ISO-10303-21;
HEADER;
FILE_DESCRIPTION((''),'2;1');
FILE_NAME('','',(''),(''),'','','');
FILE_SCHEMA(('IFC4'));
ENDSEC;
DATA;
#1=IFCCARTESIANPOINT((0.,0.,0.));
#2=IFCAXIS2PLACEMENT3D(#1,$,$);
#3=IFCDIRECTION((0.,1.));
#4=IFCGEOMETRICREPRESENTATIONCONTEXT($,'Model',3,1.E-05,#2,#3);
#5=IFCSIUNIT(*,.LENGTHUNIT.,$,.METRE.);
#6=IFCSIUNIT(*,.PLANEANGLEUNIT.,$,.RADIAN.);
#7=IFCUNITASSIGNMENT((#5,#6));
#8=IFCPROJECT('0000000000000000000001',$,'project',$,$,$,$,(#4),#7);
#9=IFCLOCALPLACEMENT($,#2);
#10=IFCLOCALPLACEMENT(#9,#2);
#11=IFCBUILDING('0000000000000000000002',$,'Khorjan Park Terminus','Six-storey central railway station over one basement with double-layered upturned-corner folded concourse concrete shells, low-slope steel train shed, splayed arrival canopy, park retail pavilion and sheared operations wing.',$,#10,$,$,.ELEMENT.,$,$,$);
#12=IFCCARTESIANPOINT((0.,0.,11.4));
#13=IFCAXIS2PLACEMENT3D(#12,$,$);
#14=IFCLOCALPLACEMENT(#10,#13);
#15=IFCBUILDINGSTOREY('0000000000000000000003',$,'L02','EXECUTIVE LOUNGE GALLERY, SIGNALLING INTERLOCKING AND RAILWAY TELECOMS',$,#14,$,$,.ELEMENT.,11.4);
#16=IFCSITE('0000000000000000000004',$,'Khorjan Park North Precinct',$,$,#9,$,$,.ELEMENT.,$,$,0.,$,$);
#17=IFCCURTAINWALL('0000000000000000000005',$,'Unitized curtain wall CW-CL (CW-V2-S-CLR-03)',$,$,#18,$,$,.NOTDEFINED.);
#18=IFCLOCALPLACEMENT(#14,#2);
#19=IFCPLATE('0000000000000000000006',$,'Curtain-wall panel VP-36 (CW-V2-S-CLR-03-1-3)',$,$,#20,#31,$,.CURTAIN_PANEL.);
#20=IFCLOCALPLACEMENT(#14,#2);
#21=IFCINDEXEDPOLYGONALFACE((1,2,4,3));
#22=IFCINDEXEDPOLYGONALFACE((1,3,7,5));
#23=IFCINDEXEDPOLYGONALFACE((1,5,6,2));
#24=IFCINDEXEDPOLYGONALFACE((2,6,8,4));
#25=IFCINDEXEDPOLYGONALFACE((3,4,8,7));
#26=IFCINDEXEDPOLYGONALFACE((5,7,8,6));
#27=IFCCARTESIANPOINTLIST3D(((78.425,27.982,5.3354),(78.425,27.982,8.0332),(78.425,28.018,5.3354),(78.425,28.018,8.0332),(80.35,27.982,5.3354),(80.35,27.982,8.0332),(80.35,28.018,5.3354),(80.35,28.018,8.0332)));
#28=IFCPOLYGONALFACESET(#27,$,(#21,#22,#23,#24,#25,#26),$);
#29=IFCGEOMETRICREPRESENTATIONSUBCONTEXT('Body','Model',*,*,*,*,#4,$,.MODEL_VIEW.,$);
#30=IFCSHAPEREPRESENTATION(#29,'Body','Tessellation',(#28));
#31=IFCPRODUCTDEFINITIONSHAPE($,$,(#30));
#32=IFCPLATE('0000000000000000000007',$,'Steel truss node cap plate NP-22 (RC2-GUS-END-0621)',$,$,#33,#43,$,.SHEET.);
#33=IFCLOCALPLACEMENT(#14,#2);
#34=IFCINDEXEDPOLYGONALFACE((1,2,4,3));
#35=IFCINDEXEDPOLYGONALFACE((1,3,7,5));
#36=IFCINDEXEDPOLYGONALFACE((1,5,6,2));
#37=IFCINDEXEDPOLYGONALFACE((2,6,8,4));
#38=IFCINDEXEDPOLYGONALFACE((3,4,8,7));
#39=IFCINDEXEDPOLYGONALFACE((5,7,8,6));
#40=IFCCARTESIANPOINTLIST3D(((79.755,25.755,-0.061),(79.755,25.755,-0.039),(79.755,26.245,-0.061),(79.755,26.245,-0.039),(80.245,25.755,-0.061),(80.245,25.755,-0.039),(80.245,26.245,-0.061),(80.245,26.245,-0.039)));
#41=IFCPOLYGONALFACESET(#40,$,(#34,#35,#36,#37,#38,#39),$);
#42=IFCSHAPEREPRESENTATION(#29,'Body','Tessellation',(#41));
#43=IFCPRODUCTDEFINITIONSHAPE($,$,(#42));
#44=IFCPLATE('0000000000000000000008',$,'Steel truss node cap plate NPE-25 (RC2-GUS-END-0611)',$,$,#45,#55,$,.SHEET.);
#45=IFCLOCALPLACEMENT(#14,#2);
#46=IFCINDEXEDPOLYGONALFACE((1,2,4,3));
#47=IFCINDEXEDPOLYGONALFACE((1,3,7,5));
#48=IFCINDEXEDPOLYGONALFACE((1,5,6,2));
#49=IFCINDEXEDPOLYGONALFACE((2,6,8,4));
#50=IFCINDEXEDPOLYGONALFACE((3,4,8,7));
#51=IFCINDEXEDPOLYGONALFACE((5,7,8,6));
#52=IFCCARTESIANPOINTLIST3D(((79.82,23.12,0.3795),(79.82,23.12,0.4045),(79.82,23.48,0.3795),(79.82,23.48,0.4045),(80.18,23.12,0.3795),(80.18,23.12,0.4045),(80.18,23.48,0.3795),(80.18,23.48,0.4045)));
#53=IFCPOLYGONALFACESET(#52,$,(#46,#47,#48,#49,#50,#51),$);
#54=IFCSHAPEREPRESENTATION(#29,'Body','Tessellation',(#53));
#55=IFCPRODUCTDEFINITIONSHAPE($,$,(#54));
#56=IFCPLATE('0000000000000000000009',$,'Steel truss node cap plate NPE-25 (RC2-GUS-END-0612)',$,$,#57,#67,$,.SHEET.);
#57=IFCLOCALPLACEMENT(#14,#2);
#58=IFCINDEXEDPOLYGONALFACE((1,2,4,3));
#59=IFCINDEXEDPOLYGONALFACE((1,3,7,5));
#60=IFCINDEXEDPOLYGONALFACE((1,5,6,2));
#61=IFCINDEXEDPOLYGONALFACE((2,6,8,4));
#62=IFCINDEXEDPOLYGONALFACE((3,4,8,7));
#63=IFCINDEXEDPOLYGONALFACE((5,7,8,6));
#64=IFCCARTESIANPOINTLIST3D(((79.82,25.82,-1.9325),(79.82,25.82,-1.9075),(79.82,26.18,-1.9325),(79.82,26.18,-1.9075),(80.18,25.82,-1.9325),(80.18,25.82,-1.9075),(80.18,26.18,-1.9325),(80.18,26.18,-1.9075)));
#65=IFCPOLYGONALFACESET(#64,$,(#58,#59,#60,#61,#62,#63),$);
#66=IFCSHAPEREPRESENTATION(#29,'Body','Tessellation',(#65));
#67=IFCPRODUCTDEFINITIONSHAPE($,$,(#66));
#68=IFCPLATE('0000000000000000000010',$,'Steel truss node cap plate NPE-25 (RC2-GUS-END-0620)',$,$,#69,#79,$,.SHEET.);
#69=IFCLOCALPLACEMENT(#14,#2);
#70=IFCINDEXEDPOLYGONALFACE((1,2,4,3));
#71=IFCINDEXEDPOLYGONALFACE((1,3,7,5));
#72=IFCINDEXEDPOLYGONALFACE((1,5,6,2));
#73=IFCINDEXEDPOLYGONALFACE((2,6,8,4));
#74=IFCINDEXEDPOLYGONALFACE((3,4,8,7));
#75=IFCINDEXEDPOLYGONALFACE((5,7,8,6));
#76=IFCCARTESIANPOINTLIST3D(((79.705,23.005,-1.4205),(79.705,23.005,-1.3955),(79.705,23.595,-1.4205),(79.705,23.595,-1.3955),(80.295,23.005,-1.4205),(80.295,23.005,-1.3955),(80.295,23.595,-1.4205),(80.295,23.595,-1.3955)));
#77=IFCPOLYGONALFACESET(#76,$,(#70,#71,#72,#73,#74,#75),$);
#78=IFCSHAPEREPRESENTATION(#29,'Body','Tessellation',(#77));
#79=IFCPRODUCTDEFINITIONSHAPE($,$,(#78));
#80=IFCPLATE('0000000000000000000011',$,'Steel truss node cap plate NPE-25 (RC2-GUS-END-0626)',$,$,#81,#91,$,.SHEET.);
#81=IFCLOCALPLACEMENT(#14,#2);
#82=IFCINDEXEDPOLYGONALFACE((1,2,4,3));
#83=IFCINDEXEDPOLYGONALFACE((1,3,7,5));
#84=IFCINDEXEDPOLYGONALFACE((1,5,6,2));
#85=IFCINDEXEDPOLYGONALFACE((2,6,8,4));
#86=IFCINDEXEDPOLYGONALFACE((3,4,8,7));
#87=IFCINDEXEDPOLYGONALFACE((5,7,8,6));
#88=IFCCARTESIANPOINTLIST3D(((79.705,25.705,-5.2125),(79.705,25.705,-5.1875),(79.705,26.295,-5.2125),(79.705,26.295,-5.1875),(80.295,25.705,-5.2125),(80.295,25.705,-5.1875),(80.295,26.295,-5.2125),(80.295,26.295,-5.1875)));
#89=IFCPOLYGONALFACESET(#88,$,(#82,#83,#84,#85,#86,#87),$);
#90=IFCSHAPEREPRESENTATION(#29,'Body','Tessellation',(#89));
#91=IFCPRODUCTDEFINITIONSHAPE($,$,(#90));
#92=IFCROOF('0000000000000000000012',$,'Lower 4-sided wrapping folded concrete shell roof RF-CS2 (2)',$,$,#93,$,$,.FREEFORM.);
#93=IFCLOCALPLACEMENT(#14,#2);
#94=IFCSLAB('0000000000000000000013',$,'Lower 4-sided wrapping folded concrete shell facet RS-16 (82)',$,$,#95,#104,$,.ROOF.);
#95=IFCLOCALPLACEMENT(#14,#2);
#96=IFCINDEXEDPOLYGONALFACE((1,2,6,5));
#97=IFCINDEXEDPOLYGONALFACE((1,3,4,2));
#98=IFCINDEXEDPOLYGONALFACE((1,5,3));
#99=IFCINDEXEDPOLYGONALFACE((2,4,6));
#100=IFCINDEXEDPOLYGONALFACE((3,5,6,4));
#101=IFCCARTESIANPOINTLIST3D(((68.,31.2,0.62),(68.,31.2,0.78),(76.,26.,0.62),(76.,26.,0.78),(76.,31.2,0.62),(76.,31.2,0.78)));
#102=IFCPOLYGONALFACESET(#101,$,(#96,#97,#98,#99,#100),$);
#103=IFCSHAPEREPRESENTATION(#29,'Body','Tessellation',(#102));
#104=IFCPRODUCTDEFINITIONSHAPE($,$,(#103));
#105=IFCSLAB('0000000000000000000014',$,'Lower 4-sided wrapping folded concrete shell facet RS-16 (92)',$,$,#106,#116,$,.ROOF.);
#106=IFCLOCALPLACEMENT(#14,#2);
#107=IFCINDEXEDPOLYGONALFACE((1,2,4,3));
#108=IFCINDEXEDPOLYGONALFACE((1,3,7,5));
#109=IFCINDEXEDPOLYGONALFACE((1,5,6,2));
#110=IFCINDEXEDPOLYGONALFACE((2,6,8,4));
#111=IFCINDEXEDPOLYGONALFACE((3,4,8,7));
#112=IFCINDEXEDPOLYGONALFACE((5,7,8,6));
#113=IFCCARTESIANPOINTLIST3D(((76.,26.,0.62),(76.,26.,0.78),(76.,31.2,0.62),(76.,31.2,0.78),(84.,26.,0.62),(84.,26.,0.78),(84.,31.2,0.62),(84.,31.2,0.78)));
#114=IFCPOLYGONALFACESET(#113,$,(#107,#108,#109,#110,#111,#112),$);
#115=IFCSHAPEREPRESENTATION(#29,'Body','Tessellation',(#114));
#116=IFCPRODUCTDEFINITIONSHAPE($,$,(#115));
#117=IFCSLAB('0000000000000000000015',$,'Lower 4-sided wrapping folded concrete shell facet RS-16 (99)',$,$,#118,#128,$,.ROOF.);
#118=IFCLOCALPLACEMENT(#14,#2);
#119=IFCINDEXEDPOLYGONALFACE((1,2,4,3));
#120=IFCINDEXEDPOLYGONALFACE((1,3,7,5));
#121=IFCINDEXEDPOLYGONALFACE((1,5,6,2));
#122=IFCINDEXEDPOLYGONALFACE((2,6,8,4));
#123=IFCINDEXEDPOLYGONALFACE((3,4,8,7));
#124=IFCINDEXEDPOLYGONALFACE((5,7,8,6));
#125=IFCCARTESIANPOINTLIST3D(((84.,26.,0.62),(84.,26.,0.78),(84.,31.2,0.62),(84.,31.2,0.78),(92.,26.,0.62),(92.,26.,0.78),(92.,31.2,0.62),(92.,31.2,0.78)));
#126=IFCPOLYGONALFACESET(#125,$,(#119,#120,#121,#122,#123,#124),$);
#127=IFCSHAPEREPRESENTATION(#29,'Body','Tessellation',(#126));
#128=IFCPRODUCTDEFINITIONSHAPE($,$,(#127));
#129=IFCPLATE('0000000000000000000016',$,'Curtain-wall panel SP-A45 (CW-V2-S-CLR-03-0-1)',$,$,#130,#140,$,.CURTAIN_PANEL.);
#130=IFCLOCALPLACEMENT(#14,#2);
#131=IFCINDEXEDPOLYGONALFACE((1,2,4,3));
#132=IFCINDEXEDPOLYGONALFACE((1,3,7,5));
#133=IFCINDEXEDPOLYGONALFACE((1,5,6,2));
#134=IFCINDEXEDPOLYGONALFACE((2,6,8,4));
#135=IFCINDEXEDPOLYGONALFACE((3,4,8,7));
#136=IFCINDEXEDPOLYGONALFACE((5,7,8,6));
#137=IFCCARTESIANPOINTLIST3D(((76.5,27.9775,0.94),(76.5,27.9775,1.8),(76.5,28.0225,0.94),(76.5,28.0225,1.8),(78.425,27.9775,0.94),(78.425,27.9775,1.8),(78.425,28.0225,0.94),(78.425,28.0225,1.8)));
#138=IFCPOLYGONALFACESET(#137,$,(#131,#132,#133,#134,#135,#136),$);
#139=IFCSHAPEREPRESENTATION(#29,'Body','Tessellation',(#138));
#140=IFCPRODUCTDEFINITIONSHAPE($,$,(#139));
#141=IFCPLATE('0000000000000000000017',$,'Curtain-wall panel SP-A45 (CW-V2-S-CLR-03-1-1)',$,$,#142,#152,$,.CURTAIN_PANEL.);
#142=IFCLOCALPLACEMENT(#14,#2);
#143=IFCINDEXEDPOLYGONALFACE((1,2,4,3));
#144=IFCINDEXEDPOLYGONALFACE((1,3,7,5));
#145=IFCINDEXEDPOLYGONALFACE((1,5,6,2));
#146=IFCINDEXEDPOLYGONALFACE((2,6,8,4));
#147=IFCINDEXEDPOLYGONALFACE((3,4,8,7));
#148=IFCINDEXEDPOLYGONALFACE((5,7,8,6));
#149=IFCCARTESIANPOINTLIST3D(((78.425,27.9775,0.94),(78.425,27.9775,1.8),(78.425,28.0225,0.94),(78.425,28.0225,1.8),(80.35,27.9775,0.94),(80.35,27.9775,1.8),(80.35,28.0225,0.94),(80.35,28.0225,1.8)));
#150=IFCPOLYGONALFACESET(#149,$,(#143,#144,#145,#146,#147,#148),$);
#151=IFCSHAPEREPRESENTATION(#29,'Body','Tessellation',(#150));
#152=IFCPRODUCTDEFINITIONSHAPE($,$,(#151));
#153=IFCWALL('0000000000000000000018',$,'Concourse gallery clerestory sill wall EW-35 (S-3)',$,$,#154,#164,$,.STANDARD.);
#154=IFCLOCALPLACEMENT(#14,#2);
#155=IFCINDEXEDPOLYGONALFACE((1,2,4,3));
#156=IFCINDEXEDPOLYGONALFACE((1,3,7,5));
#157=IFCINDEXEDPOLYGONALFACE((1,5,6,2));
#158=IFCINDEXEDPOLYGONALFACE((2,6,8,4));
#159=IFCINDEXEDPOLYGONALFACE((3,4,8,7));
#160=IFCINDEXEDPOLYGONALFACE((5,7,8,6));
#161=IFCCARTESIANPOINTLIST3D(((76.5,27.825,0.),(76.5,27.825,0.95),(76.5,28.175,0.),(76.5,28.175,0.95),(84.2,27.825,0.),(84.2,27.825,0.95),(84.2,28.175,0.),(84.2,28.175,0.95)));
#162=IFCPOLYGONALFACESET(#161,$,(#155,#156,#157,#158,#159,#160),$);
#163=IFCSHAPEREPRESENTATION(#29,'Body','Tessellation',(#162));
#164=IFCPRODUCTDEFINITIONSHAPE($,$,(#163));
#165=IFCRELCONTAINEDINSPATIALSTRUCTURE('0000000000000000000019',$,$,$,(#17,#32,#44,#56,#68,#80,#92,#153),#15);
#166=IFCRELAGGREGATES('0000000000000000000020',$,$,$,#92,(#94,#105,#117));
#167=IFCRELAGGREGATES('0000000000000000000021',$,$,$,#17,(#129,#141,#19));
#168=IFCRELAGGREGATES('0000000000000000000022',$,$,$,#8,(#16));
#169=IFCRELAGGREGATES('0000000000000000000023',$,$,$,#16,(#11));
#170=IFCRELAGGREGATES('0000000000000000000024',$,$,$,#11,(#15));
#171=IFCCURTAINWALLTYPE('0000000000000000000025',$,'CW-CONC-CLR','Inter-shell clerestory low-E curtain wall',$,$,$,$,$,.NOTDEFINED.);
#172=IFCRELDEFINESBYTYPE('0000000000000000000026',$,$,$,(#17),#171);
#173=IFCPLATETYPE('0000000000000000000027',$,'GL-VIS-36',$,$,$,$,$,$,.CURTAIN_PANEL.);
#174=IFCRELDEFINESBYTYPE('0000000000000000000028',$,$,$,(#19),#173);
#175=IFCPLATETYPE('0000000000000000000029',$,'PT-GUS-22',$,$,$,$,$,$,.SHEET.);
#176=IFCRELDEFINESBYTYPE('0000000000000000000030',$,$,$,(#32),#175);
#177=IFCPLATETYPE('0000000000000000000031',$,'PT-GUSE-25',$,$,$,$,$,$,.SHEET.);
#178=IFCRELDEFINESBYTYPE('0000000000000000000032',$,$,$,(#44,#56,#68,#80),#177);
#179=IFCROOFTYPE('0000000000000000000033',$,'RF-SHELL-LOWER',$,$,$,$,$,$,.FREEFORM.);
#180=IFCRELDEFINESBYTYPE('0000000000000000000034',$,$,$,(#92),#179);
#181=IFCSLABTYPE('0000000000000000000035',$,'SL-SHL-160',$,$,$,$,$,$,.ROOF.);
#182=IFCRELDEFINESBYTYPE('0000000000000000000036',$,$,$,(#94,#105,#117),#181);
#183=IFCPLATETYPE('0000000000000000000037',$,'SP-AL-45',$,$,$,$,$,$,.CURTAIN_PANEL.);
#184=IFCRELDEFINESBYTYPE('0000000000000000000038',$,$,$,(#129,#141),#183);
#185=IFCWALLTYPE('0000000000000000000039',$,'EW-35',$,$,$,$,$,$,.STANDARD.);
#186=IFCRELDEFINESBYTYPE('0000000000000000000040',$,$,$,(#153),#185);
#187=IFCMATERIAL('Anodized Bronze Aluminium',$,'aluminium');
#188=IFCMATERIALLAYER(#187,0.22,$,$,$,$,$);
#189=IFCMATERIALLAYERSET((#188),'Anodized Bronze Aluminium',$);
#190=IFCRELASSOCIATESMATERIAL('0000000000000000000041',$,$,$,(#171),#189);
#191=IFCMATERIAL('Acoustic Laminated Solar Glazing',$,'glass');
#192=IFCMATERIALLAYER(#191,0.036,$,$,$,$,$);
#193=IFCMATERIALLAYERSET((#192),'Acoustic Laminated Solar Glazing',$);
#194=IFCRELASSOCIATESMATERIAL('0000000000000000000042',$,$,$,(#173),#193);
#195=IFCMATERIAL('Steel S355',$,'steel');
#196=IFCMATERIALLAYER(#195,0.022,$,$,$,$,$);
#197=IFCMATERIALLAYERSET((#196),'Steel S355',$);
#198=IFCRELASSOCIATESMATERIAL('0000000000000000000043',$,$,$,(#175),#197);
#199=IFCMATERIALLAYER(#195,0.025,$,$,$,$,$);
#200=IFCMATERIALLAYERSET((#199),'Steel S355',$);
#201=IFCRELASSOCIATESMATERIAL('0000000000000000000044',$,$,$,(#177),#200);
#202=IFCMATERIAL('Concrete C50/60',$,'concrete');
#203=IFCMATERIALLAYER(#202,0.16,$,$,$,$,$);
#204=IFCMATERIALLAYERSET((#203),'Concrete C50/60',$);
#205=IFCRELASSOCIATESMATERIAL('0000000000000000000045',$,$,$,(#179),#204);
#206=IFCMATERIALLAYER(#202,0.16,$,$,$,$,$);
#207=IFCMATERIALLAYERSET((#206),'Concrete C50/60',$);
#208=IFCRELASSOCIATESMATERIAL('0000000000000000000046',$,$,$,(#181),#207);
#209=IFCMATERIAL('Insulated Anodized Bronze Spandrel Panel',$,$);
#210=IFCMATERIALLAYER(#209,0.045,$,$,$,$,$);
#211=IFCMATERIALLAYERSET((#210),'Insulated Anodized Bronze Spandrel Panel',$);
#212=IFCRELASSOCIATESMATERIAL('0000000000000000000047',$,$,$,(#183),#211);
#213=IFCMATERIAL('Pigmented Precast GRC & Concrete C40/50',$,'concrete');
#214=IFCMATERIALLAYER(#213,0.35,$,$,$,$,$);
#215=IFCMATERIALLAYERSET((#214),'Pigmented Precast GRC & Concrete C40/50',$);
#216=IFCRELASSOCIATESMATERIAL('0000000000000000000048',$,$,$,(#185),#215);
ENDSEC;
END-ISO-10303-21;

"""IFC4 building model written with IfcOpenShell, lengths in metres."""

from ifc_helpers import new_model, si_unit, direction, frame, frame_2d, origin, origin_2d, place, context, subcontext, project, spatial, polyline, rectangle, outline, extrude, material, layer, layer_set, type_object, element, aggregate, save


model = new_model("IFC4")

# Units and contexts
model_context = context("Model", 3, precision=1e-05, world=origin(), true_north=direction((0.0, 1.0)))
body_context = subcontext(model_context, "Body", "Model", "MODEL_VIEW")
ifc_project = project(units=[si_unit("LENGTHUNIT", "METRE"), si_unit("PLANEANGLEUNIT", "RADIAN")], contexts=[model_context])

# Site, building, storey
site_placement = place(None, origin())
site = spatial("IfcSite", under=ifc_project, at=site_placement, Name="Khorjan Park North Precinct", CompositionType="ELEMENT", RefElevation=0.0)
building_placement = place(site_placement, origin())
building = spatial("IfcBuilding", under=site, at=building_placement, Name="Khorjan Park Terminus", Description="Six-storey central railway station over one basement with double-layered upturned-corner folded concourse concrete shells, low-slope steel train shed, splayed arrival canopy, park retail pavilion and sheared operations wing.", CompositionType="ELEMENT")
storey_placement = place(building_placement, frame((0.0, 0.0, 11.4)))
storey = spatial("IfcBuildingStorey", under=building, at=storey_placement, Name="L02", Description="EXECUTIVE LOUNGE GALLERY, SIGNALLING INTERLOCKING AND RAILWAY TELECOMS", CompositionType="ELEMENT", Elevation=11.4)

# Shared definitions
ifc_material_1 = material(Name="Concrete C50/60", Category="concrete")

# Shared definitions
ifc_material_2 = material(Name="Steel S355", Category="steel")

# Curtain wall
ifc_material_3 = material(Name="Anodized Bronze Aluminium", Category="aluminium")
ifc_layer_1 = layer(ifc_material_3, 0.22)
ifc_layer_set_1 = layer_set([ifc_layer_1], Name="Anodized Bronze Aluminium")
curtain_wall_type = type_object("IfcCurtainWallType", Name="CW-CONC-CLR", Description="Inter-shell clerestory low-E curtain wall", PredefinedType="NOTDEFINED", material=ifc_layer_set_1)
curtain_wall_1_placement = place(storey_placement, origin())
curtain_wall_1 = element("IfcCurtainWall", 1, at=curtain_wall_1_placement, inside=storey, type_object=curtain_wall_type, Name="Unitized curtain wall CW-CL (CW-V2-S-CLR-03)", PredefinedType="NOTDEFINED")

# Plate
ifc_material_4 = material(Name="Acoustic Laminated Solar Glazing", Category="glass")
ifc_layer_2 = layer(ifc_material_4, 0.036)
ifc_layer_set_2 = layer_set([ifc_layer_2], Name="Acoustic Laminated Solar Glazing")
plate_type_1 = type_object("IfcPlateType", Name="GL-VIS-36", PredefinedType="CURTAIN_PANEL", material=ifc_layer_set_2)
plate_1_placement = place(storey_placement, frame((79.3875, 28.0, 5.3354), z_axis=(0.0, 0.0, 1.0), x_axis=(1.0, 0.0, 0.0)))
plate_1 = element("IfcPlate", 2, at=plate_1_placement, type_object=plate_type_1, Name="Curtain-wall panel VP-36 (CW-V2-S-CLR-03-1-3)", PredefinedType="CURTAIN_PANEL", context=body_context, shape_type="SweptSolid", body=[
    extrude(rectangle(XDim=1.925, YDim=0.036, at=origin_2d()), origin(), (0.0, 0.0, 1.0), 2.6978),
])

# Plates
ifc_layer_3 = layer(ifc_material_2, 0.022)
ifc_layer_set_3 = layer_set([ifc_layer_3], Name="Steel S355")
plate_type_2 = type_object("IfcPlateType", Name="PT-GUS-22", PredefinedType="SHEET", material=ifc_layer_set_3)
plate_2_placement = place(storey_placement, frame((80.0, 26.0, -0.061), z_axis=(0.0, 0.0, 1.0), x_axis=(1.0, 0.0, 0.0)))
element("IfcPlate", 3, at=plate_2_placement, inside=storey, type_object=plate_type_2, Name="Steel truss node cap plate NP-22 (RC2-GUS-END-0621)", PredefinedType="SHEET", context=body_context, shape_type="SweptSolid", body=[
    extrude(rectangle(XDim=0.49, YDim=0.49, at=origin_2d()), origin(), (0.0, 0.0, 1.0), 0.022),
])
ifc_layer_4 = layer(ifc_material_2, 0.025)
ifc_layer_set_4 = layer_set([ifc_layer_4], Name="Steel S355")
plate_type_3 = type_object("IfcPlateType", Name="PT-GUSE-25", PredefinedType="SHEET", material=ifc_layer_set_4)
for number, where, z_axis, x_axis, name in (
    (4, (80.0, 23.3, 0.3795), (0.0, 0.0, 1.0), (1.0, 0.0, 0.0), "Steel truss node cap plate NPE-25 (RC2-GUS-END-0611)"),
    (5, (80.0, 26.0, -1.9325), (0.0, 0.0, 1.0), (1.0, 0.0, 0.0), "Steel truss node cap plate NPE-25 (RC2-GUS-END-0612)"),
):
    element("IfcPlate", number, at=place(storey_placement, frame(where, z_axis=z_axis, x_axis=x_axis)), inside=storey, type_object=plate_type_3, Name=name, PredefinedType="SHEET", context=body_context, shape_type="SweptSolid", body=[
        extrude(rectangle(XDim=0.36, YDim=0.36, at=origin_2d()), origin(), (0.0, 0.0, 1.0), 0.025),
    ])
for number, where, z_axis, x_axis, name in (
    (6, (80.0, 23.3, -1.4205), (0.0, 0.0, 1.0), (1.0, 0.0, 0.0), "Steel truss node cap plate NPE-25 (RC2-GUS-END-0620)"),
    (7, (80.0, 26.0, -5.2125), (0.0, 0.0, 1.0), (1.0, 0.0, 0.0), "Steel truss node cap plate NPE-25 (RC2-GUS-END-0626)"),
):
    element("IfcPlate", number, at=place(storey_placement, frame(where, z_axis=z_axis, x_axis=x_axis)), inside=storey, type_object=plate_type_3, Name=name, PredefinedType="SHEET", context=body_context, shape_type="SweptSolid", body=[
        extrude(rectangle(XDim=0.59, YDim=0.59, at=origin_2d()), origin(), (0.0, 0.0, 1.0), 0.025),
    ])

# Roof, slabs
ifc_layer_5 = layer(ifc_material_1, 0.16)
ifc_layer_set_5 = layer_set([ifc_layer_5], Name="Concrete C50/60")
roof_type = type_object("IfcRoofType", Name="RF-SHELL-LOWER", PredefinedType="FREEFORM", material=ifc_layer_set_5)
roof_placement = place(storey_placement, origin())
roof = element("IfcRoof", 8, at=roof_placement, inside=storey, type_object=roof_type, Name="Lower 4-sided wrapping folded concrete shell roof RF-CS2 (2)", PredefinedType="FREEFORM")
ifc_layer_6 = layer(ifc_material_1, 0.16)
ifc_layer_set_6 = layer_set([ifc_layer_6], Name="Concrete C50/60")
slab_type = type_object("IfcSlabType", Name="SL-SHL-160", PredefinedType="ROOF", material=ifc_layer_set_6)
slab_1_placement = place(storey_placement, frame((76.0, 26.0, 0.78), z_axis=(0.0, 0.0, 1.0), x_axis=(0.0, 1.0, 0.0)))
slab_1 = element("IfcSlab", 9, at=slab_1_placement, type_object=slab_type, Name="Lower 4-sided wrapping folded concrete shell facet RS-16 (82)", PredefinedType="ROOF", context=body_context, shape_type="SweptSolid", body=[
    extrude(outline(polyline([(0.0, 0.0), (5.2, 0.0), (5.2, 8.0), (0.0, 0.0)])), origin(), (0.0, 0.0, -1.0), 0.16),
])
slab_2_placement = place(storey_placement, frame((76.0, 26.0, 0.78), z_axis=(0.0, 0.0, 1.0), x_axis=(1.0, 0.0, 0.0)))
slab_2 = element("IfcSlab", 10, at=slab_2_placement, type_object=slab_type, Name="Lower 4-sided wrapping folded concrete shell facet RS-16 (92)", PredefinedType="ROOF", context=body_context, shape_type="SweptSolid", body=[
    extrude(outline(polyline([(0.0, 0.0), (8.0, 0.0), (8.0, 5.2), (0.0, 5.2), (0.0, 0.0)])), origin(), (0.0, 0.0, -1.0), 0.16),
])
slab_3_placement = place(storey_placement, frame((84.0, 26.0, 0.78), z_axis=(0.0, 0.0, 1.0), x_axis=(1.0, 0.0, 0.0)))
slab_3 = element("IfcSlab", 11, at=slab_3_placement, type_object=slab_type, Name="Lower 4-sided wrapping folded concrete shell facet RS-16 (99)", PredefinedType="ROOF", context=body_context, shape_type="SweptSolid", body=[
    extrude(outline(polyline([(0.0, 0.0), (8.0, 0.0), (8.0, 5.2), (0.0, 5.2), (0.0, 0.0)])), origin(), (0.0, 0.0, -1.0), 0.16),
])
aggregate(roof, [slab_1, slab_2, slab_3])

# Plates
ifc_material_5 = material(Name="Insulated Anodized Bronze Spandrel Panel")
ifc_layer_7 = layer(ifc_material_5, 0.045)
ifc_layer_set_7 = layer_set([ifc_layer_7], Name="Insulated Anodized Bronze Spandrel Panel")
plate_type_4 = type_object("IfcPlateType", Name="SP-AL-45", PredefinedType="CURTAIN_PANEL", material=ifc_layer_set_7)
plate_3_placement = place(storey_placement, frame((77.4625, 28.0, 0.94), z_axis=(0.0, 0.0, 1.0), x_axis=(1.0, 0.0, 0.0)))
plate_3 = element("IfcPlate", 12, at=plate_3_placement, type_object=plate_type_4, Name="Curtain-wall panel SP-A45 (CW-V2-S-CLR-03-0-1)", PredefinedType="CURTAIN_PANEL", context=body_context, shape_type="SweptSolid", body=[
    extrude(rectangle(XDim=1.925, YDim=0.045, at=origin_2d()), origin(), (0.0, 0.0, 1.0), 0.86),
])
plate_4_placement = place(storey_placement, frame((79.3875, 28.0, 0.94), z_axis=(0.0, 0.0, 1.0), x_axis=(1.0, 0.0, 0.0)))
plate_4 = element("IfcPlate", 13, at=plate_4_placement, type_object=plate_type_4, Name="Curtain-wall panel SP-A45 (CW-V2-S-CLR-03-1-1)", PredefinedType="CURTAIN_PANEL", context=body_context, shape_type="SweptSolid", body=[
    extrude(rectangle(XDim=1.925, YDim=0.045, at=origin_2d()), origin(), (0.0, 0.0, 1.0), 0.86),
])
aggregate(curtain_wall_1, [plate_3, plate_4, plate_1])

# Wall
ifc_material_6 = material(Name="Pigmented Precast GRC & Concrete C40/50", Category="concrete")
ifc_layer_8 = layer(ifc_material_6, 0.35)
ifc_layer_set_8 = layer_set([ifc_layer_8], Name="Pigmented Precast GRC & Concrete C40/50")
wall_type = type_object("IfcWallType", Name="EW-35", PredefinedType="STANDARD", material=ifc_layer_set_8)
wall_placement = place(storey_placement, frame((76.5, 28.0, 0.0), z_axis=(0.0, 0.0, 1.0), x_axis=(1.0, 0.0, 0.0)))
element("IfcWall", 14, at=wall_placement, inside=storey, type_object=wall_type, Name="Concourse gallery clerestory sill wall EW-35 (S-3)", PredefinedType="STANDARD", context=body_context, shape_type="SweptSolid", body=[
    extrude(rectangle(XDim=7.7, YDim=0.35, at=frame_2d((3.85, 0.0))), origin(), (0.0, 0.0, 1.0), 0.95),
])

save(model, "model.ifc")
